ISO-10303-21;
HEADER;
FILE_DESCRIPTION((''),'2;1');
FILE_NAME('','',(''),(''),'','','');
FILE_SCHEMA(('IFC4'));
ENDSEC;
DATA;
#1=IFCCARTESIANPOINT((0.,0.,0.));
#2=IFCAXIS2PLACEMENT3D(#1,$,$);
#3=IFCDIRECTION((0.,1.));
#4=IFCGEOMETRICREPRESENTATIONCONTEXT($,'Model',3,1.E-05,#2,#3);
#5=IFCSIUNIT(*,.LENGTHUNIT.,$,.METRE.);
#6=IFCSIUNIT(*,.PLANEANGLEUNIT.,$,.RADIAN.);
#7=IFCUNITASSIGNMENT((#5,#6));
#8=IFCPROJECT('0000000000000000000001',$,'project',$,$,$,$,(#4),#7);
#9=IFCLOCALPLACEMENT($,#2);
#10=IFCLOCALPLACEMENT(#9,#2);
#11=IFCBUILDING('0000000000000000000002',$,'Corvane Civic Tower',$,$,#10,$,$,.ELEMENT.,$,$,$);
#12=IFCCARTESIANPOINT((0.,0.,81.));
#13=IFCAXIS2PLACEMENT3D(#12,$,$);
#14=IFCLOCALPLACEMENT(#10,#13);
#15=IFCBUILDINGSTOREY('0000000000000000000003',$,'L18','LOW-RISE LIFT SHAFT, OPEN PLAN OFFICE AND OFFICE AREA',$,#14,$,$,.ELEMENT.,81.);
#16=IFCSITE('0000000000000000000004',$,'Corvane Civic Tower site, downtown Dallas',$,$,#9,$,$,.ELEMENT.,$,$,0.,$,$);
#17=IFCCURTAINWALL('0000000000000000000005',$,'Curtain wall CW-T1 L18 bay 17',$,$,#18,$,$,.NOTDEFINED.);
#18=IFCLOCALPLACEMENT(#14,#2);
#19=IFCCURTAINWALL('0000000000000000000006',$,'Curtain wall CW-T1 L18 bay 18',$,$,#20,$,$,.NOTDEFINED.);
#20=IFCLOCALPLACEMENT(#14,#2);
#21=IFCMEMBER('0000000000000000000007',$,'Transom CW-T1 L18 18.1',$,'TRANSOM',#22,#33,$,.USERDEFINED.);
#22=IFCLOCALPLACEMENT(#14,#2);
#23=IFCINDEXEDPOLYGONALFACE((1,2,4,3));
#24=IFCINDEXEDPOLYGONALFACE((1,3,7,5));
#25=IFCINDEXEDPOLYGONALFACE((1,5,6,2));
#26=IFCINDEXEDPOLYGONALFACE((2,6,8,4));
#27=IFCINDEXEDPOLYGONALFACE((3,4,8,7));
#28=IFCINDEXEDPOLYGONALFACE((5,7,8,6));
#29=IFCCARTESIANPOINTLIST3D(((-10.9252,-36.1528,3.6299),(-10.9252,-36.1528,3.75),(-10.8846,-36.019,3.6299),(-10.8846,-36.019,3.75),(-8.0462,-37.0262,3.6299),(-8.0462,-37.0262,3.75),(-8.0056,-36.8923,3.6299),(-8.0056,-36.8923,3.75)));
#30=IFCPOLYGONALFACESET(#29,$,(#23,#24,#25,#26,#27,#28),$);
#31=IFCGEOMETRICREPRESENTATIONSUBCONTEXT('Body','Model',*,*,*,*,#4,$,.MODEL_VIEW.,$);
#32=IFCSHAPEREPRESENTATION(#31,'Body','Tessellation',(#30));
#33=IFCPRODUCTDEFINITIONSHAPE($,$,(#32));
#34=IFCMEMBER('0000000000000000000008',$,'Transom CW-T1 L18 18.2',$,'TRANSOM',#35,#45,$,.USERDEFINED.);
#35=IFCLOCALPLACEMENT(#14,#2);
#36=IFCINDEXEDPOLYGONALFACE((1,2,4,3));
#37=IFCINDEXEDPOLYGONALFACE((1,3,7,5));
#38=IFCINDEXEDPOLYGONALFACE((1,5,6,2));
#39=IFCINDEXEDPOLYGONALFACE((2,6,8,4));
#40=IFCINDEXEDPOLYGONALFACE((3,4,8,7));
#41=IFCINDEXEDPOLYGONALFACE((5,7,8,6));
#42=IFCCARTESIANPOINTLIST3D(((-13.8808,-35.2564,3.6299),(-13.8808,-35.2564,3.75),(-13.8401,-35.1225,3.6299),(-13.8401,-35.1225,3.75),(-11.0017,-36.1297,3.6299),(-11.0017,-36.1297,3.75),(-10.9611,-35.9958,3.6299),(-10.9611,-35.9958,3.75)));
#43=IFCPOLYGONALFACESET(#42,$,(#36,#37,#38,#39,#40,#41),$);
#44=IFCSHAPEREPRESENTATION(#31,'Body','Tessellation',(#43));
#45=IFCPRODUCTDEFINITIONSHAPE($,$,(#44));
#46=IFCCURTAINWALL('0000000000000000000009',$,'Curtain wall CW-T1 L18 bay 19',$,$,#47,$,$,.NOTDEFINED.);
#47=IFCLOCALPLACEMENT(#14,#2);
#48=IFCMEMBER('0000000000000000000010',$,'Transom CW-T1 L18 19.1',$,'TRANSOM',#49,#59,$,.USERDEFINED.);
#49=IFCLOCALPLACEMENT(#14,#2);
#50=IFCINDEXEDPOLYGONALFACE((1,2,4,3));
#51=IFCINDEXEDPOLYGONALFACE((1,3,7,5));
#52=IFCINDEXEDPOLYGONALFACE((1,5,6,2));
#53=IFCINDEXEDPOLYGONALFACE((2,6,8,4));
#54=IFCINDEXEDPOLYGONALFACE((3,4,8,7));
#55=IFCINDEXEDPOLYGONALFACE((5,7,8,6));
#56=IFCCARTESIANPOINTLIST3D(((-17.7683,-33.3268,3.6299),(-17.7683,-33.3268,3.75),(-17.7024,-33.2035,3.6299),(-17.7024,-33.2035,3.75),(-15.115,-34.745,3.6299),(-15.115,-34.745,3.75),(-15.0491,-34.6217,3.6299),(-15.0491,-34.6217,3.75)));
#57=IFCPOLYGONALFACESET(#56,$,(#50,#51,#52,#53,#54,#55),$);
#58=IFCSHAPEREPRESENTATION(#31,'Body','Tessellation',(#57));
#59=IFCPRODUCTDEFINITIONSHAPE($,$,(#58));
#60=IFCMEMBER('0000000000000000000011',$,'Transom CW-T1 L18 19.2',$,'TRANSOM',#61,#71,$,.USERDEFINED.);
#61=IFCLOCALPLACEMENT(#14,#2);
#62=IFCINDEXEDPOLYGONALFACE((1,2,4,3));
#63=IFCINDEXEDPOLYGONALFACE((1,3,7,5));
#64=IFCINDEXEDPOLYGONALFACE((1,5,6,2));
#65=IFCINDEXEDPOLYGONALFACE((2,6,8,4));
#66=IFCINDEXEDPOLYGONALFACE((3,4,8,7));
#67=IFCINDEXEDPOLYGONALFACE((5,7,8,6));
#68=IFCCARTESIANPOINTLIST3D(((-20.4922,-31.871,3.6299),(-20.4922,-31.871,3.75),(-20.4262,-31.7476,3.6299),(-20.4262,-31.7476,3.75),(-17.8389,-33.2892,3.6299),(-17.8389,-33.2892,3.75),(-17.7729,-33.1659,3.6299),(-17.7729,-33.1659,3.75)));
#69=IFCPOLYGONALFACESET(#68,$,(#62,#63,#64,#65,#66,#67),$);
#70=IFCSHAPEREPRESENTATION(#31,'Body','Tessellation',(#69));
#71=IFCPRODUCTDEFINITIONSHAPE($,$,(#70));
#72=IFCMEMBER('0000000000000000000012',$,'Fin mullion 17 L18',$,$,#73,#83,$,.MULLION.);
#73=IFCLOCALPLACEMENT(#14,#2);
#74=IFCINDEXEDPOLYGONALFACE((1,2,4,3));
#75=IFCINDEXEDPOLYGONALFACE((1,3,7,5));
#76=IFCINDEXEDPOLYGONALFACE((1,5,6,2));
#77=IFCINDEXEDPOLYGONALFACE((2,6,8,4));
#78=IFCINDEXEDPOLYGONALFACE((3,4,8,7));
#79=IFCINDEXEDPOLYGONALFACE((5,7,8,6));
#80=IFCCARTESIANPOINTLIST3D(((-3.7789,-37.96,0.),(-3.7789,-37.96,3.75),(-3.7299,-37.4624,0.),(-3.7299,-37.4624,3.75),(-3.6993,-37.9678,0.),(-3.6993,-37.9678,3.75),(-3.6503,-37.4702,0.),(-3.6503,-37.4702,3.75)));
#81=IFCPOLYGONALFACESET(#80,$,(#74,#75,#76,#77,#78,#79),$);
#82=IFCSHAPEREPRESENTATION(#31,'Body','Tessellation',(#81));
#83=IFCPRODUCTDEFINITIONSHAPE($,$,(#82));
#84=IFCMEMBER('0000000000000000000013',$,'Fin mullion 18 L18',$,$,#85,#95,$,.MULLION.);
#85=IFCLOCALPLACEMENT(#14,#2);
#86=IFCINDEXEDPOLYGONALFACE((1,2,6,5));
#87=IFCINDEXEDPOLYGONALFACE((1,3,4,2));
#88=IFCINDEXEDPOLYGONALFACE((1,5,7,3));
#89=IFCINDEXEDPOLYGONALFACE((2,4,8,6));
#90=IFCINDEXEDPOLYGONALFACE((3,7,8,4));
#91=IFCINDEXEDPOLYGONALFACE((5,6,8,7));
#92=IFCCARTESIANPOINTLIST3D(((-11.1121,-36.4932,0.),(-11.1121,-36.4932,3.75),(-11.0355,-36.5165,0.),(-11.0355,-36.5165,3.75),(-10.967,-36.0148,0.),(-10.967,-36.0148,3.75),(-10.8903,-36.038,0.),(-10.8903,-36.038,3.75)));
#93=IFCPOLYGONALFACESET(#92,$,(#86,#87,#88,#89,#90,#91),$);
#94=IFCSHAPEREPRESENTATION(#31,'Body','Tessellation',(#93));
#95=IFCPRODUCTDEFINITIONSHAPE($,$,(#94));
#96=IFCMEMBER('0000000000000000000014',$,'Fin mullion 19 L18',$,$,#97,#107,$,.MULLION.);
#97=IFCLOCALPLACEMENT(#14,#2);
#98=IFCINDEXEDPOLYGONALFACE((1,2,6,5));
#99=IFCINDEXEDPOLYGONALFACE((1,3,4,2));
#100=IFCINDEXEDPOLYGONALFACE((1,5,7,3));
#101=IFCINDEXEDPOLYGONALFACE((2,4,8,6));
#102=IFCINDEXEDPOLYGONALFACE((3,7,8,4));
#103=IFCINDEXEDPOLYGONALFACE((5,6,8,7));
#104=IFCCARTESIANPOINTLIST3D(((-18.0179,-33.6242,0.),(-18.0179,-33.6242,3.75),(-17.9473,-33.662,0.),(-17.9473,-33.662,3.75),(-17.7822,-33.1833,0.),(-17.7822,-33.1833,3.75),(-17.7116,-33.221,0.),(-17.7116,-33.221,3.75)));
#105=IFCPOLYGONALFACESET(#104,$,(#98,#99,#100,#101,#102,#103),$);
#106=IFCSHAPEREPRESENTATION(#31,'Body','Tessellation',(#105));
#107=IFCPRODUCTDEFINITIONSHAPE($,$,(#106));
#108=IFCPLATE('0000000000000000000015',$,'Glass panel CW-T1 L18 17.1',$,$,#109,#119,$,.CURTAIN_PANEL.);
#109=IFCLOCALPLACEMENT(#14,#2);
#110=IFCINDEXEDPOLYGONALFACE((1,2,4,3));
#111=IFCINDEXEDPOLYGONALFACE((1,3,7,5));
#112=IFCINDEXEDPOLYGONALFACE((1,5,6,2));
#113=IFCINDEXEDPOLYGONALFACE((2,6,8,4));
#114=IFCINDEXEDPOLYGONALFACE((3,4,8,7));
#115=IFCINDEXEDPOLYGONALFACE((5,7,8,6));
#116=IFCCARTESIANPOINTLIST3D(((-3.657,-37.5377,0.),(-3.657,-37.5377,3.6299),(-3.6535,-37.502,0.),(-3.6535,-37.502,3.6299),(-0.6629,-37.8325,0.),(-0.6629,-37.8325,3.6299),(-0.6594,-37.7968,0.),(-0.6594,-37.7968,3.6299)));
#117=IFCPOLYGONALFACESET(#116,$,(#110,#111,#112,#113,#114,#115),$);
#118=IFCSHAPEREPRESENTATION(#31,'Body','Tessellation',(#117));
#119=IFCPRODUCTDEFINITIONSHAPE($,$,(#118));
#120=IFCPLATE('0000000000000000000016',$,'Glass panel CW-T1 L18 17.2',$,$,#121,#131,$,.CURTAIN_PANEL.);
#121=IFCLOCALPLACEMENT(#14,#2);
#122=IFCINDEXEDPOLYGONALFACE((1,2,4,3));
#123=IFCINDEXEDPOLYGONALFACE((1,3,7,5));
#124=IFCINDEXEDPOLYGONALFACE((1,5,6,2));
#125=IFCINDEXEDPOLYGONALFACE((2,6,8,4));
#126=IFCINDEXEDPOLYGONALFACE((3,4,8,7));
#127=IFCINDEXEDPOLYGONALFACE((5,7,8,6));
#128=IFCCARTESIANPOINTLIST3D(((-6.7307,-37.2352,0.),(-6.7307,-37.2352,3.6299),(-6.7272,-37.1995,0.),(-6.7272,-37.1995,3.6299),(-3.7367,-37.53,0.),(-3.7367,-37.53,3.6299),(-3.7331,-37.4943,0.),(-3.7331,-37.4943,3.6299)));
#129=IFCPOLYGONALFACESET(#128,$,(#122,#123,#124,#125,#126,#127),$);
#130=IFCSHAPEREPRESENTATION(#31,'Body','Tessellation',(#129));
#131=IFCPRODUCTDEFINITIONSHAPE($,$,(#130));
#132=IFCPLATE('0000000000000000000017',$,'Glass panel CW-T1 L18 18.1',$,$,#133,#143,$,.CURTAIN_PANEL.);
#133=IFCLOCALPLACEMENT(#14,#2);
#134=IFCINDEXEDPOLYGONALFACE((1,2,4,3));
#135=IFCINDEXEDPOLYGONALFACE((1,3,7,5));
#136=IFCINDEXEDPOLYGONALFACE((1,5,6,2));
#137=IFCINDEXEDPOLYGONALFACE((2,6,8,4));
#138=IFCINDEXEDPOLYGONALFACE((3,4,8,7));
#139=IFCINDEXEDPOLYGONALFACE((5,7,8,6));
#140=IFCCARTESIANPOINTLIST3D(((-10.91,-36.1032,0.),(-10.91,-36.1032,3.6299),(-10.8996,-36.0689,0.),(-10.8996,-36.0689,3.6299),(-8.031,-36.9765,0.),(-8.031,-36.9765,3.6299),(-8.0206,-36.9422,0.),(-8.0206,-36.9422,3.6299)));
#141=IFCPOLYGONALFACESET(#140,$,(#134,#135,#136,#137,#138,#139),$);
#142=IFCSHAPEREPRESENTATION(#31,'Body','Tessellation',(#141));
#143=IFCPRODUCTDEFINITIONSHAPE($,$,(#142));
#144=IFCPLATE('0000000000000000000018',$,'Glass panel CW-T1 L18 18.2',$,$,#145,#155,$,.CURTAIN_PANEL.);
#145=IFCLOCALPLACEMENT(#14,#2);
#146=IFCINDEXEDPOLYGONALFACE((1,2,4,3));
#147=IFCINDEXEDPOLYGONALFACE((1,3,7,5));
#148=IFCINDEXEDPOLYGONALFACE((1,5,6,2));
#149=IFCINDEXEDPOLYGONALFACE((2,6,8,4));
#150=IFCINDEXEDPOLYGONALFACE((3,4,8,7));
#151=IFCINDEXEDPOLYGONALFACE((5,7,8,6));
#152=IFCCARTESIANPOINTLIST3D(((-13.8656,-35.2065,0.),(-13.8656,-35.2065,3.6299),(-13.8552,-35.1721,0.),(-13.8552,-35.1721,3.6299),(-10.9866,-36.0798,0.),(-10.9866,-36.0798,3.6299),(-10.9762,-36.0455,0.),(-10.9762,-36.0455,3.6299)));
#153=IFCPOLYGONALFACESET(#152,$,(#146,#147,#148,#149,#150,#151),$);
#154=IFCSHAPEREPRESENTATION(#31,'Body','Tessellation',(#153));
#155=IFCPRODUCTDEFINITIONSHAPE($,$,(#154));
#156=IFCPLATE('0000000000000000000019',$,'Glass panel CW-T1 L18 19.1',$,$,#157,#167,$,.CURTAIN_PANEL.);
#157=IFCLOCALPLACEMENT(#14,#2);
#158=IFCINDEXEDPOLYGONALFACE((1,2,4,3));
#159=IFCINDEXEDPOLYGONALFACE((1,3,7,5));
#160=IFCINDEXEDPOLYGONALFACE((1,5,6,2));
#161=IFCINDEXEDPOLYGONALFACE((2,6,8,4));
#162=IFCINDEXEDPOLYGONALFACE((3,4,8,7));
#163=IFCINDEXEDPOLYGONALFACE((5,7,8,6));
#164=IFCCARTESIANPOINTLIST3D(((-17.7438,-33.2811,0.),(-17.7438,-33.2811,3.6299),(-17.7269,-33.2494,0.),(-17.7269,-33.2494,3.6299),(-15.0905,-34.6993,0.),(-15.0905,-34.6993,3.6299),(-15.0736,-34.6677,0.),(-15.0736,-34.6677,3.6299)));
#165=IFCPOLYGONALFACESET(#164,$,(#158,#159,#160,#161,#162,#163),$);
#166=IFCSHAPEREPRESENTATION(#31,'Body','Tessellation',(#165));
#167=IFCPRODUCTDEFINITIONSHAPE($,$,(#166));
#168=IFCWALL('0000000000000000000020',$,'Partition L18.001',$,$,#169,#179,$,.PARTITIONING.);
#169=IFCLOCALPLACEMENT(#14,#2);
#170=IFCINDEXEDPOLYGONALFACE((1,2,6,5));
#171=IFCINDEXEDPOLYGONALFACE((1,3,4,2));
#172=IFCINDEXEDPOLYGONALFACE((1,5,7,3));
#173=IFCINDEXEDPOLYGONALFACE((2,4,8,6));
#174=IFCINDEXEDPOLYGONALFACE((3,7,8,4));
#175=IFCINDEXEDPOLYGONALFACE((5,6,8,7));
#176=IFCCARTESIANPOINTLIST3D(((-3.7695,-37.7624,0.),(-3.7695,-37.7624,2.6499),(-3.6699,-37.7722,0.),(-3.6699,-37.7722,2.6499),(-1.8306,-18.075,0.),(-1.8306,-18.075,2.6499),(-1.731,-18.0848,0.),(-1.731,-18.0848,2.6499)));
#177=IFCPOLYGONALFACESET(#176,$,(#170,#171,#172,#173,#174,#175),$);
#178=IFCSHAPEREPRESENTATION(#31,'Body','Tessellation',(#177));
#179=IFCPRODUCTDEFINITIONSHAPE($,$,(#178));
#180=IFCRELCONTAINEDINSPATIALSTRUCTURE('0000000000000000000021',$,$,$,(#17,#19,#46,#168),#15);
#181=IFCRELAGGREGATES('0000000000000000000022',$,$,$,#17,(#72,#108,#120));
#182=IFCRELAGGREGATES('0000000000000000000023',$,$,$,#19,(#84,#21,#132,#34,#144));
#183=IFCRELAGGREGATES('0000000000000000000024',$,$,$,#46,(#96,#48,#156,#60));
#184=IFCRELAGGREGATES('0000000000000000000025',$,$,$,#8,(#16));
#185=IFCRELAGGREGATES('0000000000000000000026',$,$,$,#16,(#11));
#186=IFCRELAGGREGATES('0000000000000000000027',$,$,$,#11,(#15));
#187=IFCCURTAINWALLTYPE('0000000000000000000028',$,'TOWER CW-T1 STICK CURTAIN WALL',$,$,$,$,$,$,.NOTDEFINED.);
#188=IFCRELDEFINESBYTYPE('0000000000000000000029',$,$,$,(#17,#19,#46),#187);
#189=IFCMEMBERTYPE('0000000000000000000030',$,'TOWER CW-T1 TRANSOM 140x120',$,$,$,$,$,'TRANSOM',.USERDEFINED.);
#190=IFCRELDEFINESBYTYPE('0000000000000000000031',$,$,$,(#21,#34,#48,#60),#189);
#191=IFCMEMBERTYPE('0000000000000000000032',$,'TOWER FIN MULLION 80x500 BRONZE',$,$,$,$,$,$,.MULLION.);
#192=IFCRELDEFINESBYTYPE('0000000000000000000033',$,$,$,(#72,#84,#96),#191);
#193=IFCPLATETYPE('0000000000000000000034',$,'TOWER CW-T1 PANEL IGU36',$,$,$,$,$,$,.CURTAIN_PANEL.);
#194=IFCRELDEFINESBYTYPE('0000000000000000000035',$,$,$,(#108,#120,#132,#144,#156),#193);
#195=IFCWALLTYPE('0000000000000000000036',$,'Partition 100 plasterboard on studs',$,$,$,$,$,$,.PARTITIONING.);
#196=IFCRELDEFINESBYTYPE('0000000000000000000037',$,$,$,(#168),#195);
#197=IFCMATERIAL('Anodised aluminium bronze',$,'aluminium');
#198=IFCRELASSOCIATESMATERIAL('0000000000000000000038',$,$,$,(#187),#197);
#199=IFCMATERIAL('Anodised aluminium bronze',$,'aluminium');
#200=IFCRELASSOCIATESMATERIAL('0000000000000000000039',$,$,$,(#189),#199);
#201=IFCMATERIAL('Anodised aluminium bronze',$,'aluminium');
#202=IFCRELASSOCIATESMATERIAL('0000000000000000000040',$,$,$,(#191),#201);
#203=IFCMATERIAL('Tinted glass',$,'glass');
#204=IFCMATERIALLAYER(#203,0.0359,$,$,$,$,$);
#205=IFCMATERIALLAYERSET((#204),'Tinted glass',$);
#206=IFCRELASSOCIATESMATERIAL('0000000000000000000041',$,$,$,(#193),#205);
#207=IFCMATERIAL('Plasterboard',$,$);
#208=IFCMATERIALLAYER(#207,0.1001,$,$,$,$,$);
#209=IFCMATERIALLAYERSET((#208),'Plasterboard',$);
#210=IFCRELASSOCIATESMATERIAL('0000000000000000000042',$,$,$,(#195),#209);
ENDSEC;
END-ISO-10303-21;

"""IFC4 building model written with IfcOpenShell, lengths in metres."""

from ifc_helpers import new_model, si_unit, direction, frame, frame_2d, origin, origin_2d, place, context, subcontext, project, spatial, rectangle, extrude, material, layer, layer_set, material_profile, profile_set, type_object, element, aggregate, save


model = new_model("IFC4")

# Units and contexts
model_context = context("Model", 3, precision=1e-05, world=origin(), true_north=direction((0.0, 1.0)))
body_context = subcontext(model_context, "Body", "Model", "MODEL_VIEW")
ifc_project = project(units=[si_unit("LENGTHUNIT", "METRE"), si_unit("PLANEANGLEUNIT", "RADIAN")], contexts=[model_context])

# Site, building, storey
site_placement = place(None, origin())
site = spatial("IfcSite", under=ifc_project, at=site_placement, Name="Corvane Civic Tower site, downtown Dallas", CompositionType="ELEMENT", RefElevation=0.0)
building_placement = place(site_placement, origin())
building = spatial("IfcBuilding", under=site, at=building_placement, Name="Corvane Civic Tower", CompositionType="ELEMENT")
storey_placement = place(building_placement, frame((0.0, 0.0, 81.0)))
storey = spatial("IfcBuildingStorey", under=building, at=storey_placement, Name="L18", Description="LOW-RISE LIFT SHAFT, OPEN PLAN OFFICE AND OFFICE AREA", CompositionType="ELEMENT", Elevation=81.0)

# Curtain walls, members
ifc_material_1 = material(Name="Anodised aluminium bronze", Category="aluminium")
curtain_wall_type = type_object("IfcCurtainWallType", Name="TOWER CW-T1 STICK CURTAIN WALL", PredefinedType="NOTDEFINED", material=ifc_material_1)
curtain_wall_1_placement = place(storey_placement, origin())
curtain_wall_1 = element("IfcCurtainWall", 1, at=curtain_wall_1_placement, inside=storey, type_object=curtain_wall_type, Name="Curtain wall CW-T1 L18 bay 17", PredefinedType="NOTDEFINED")
ifc_material_2 = material(Name="Anodised aluminium bronze", Category="aluminium")
ifc_material_profile_1 = material_profile(ifc_material_2, rectangle(XDim=0.1399, YDim=0.1201, at=origin_2d()), Name="TOWER CW-T1 TRANSOM 140x120")
ifc_profile_set_1 = profile_set([ifc_material_profile_1], Name="Anodised aluminium bronze")
member_type_1 = type_object("IfcMemberType", Name="TOWER CW-T1 TRANSOM 140x120", ElementType="TRANSOM", PredefinedType="USERDEFINED", material=ifc_profile_set_1)
curtain_wall_2_placement = place(storey_placement, origin())
curtain_wall_2 = element("IfcCurtainWall", 2, at=curtain_wall_2_placement, inside=storey, type_object=curtain_wall_type, Name="Curtain wall CW-T1 L18 bay 18", PredefinedType="NOTDEFINED")
member_1_placement = place(storey_placement, frame((-8.0259, -36.9592, 3.6899), z_axis=(-0.956942, 0.29028, 0.0), x_axis=(-0.29028, -0.956942, 0.0)))
member_1 = element("IfcMember", 3, at=member_1_placement, type_object=member_type_1, Name="Transom CW-T1 L18 18.1", ObjectType="TRANSOM", PredefinedType="USERDEFINED", context=body_context, shape_type="SweptSolid", body=[
    extrude(rectangle(XDim=0.1399, YDim=0.1201, at=origin_2d()), origin(), (0.0, 0.0, 1.0), 3.0085),
])
member_2_placement = place(storey_placement, frame((-10.9814, -36.0627, 3.6899), z_axis=(-0.956942, 0.29028, 0.0), x_axis=(-0.29028, -0.956942, 0.0)))
member_2 = element("IfcMember", 4, at=member_2_placement, type_object=member_type_1, Name="Transom CW-T1 L18 18.2", ObjectType="TRANSOM", PredefinedType="USERDEFINED", context=body_context, shape_type="SweptSolid", body=[
    extrude(rectangle(XDim=0.1399, YDim=0.1201, at=origin_2d()), origin(), (0.0, 0.0, 1.0), 3.0085),
])
curtain_wall_3_placement = place(storey_placement, origin())
curtain_wall_3 = element("IfcCurtainWall", 5, at=curtain_wall_3_placement, inside=storey, type_object=curtain_wall_type, Name="Curtain wall CW-T1 L18 bay 19", PredefinedType="NOTDEFINED")
member_3_placement = place(storey_placement, frame((-15.082, -34.6833, 3.6899), z_axis=(-0.881924, 0.471393, 0.0), x_axis=(-0.471393, -0.881924, 0.0)))
member_3 = element("IfcMember", 6, at=member_3_placement, type_object=member_type_1, Name="Transom CW-T1 L18 19.1", ObjectType="TRANSOM", PredefinedType="USERDEFINED", context=body_context, shape_type="SweptSolid", body=[
    extrude(rectangle(XDim=0.1399, YDim=0.1201, at=origin_2d()), origin(), (0.0, 0.0, 1.0), 3.0085),
])
member_4_placement = place(storey_placement, frame((-17.8059, -33.2275, 3.6899), z_axis=(-0.881924, 0.471393, 0.0), x_axis=(-0.471393, -0.881924, 0.0)))
member_4 = element("IfcMember", 7, at=member_4_placement, type_object=member_type_1, Name="Transom CW-T1 L18 19.2", ObjectType="TRANSOM", PredefinedType="USERDEFINED", context=body_context, shape_type="SweptSolid", body=[
    extrude(rectangle(XDim=0.1399, YDim=0.1201, at=origin_2d()), origin(), (0.0, 0.0, 1.0), 3.0085),
])

# Members
ifc_material_3 = material(Name="Anodised aluminium bronze", Category="aluminium")
ifc_material_profile_2 = material_profile(ifc_material_3, rectangle(XDim=0.0801, YDim=0.5, at=origin_2d()), Name="TOWER FIN MULLION 80x500 BRONZE")
ifc_profile_set_2 = profile_set([ifc_material_profile_2], Name="Anodised aluminium bronze")
member_type_2 = type_object("IfcMemberType", Name="TOWER FIN MULLION 80x500 BRONZE", PredefinedType="MULLION", material=ifc_profile_set_2)
member_5_placement = place(storey_placement, frame((-3.7146, -37.7151, 0.0), z_axis=(0.0, 0.0, 1.0), x_axis=(-0.995186, 0.098006, 0.0)))
member_5 = element("IfcMember", 8, at=member_5_placement, type_object=member_type_2, Name="Fin mullion 17 L18", PredefinedType="MULLION", context=body_context, shape_type="SweptSolid", body=[
    extrude(rectangle(XDim=0.0801, YDim=0.5, at=origin_2d()), origin(), (0.0, 0.0, 1.0), 3.75),
])
member_6_placement = place(storey_placement, frame((-11.0012, -36.2656, 0.0), z_axis=(0.0, 0.0, 1.0), x_axis=(-0.956942, 0.290278, 0.0)))
member_6 = element("IfcMember", 9, at=member_6_placement, type_object=member_type_2, Name="Fin mullion 18 L18", PredefinedType="MULLION", context=body_context, shape_type="SweptSolid", body=[
    extrude(rectangle(XDim=0.0801, YDim=0.5, at=origin_2d()), origin(), (0.0, 0.0, 1.0), 3.75),
])
member_7_placement = place(storey_placement, frame((-17.8647, -33.4226, 0.0), z_axis=(0.0, 0.0, 1.0), x_axis=(-0.881918, 0.471404, 0.0)))
member_7 = element("IfcMember", 10, at=member_7_placement, type_object=member_type_2, Name="Fin mullion 19 L18", PredefinedType="MULLION", context=body_context, shape_type="SweptSolid", body=[
    extrude(rectangle(XDim=0.0801, YDim=0.5, at=origin_2d()), origin(), (0.0, 0.0, 1.0), 3.75),
])

# Plates
ifc_material_4 = material(Name="Tinted glass", Category="glass")
ifc_layer_1 = layer(ifc_material_4, 0.0359)
ifc_layer_set_1 = layer_set([ifc_layer_1], Name="Tinted glass")
plate_type = type_object("IfcPlateType", Name="TOWER CW-T1 PANEL IGU36", PredefinedType="CURTAIN_PANEL", material=ifc_layer_set_1)
plate_1_placement = place(storey_placement, frame((-2.1582, -37.6672, 0.0), z_axis=(0.0, 0.0, 1.0), x_axis=(-0.995186, 0.098006, 0.0)))
plate_1 = element("IfcPlate", 11, at=plate_1_placement, type_object=plate_type, Name="Glass panel CW-T1 L18 17.1", PredefinedType="CURTAIN_PANEL", context=body_context, shape_type="SweptSolid", body=[
    extrude(rectangle(XDim=3.0085, YDim=0.0359, at=origin_2d()), origin(), (0.0, 0.0, 1.0), 3.6299),
])
plate_2_placement = place(storey_placement, frame((-5.2319, -37.3647, 0.0), z_axis=(0.0, 0.0, 1.0), x_axis=(-0.995186, 0.098006, 0.0)))
plate_2 = element("IfcPlate", 12, at=plate_2_placement, type_object=plate_type, Name="Glass panel CW-T1 L18 17.2", PredefinedType="CURTAIN_PANEL", context=body_context, shape_type="SweptSolid", body=[
    extrude(rectangle(XDim=3.0085, YDim=0.0359, at=origin_2d()), origin(), (0.0, 0.0, 1.0), 3.6299),
])
aggregate(curtain_wall_1, [member_5, plate_1, plate_2])
plate_3_placement = place(storey_placement, frame((-9.4653, -36.5227, 0.0), z_axis=(0.0, 0.0, 1.0), x_axis=(-0.956942, 0.290278, 0.0)))
plate_3 = element("IfcPlate", 13, at=plate_3_placement, type_object=plate_type, Name="Glass panel CW-T1 L18 18.1", PredefinedType="CURTAIN_PANEL", context=body_context, shape_type="SweptSolid", body=[
    extrude(rectangle(XDim=3.0085, YDim=0.0359, at=origin_2d()), origin(), (0.0, 0.0, 1.0), 3.6299),
])
plate_4_placement = place(storey_placement, frame((-12.4209, -35.626, 0.0), z_axis=(0.0, 0.0, 1.0), x_axis=(-0.956942, 0.290278, 0.0)))
plate_4 = element("IfcPlate", 14, at=plate_4_placement, type_object=plate_type, Name="Glass panel CW-T1 L18 18.2", PredefinedType="CURTAIN_PANEL", context=body_context, shape_type="SweptSolid", body=[
    extrude(rectangle(XDim=3.0085, YDim=0.0359, at=origin_2d()), origin(), (0.0, 0.0, 1.0), 3.6299),
])
aggregate(curtain_wall_2, [member_6, member_1, plate_3, member_2, plate_4])
plate_5_placement = place(storey_placement, frame((-16.4087, -33.9744, 0.0), z_axis=(0.0, 0.0, 1.0), x_axis=(-0.881918, 0.471404, 0.0)))
plate_5 = element("IfcPlate", 15, at=plate_5_placement, type_object=plate_type, Name="Glass panel CW-T1 L18 19.1", PredefinedType="CURTAIN_PANEL", context=body_context, shape_type="SweptSolid", body=[
    extrude(rectangle(XDim=3.0085, YDim=0.0359, at=origin_2d()), origin(), (0.0, 0.0, 1.0), 3.6299),
])
aggregate(curtain_wall_3, [member_7, member_3, plate_5, member_4])

# Wall
ifc_material_5 = material(Name="Plasterboard")
ifc_layer_2 = layer(ifc_material_5, 0.1001)
ifc_layer_set_2 = layer_set([ifc_layer_2], Name="Plasterboard")
wall_type_1 = type_object("IfcWallType", Name="Partition 100 plasterboard on studs", PredefinedType="PARTITIONING", material=ifc_layer_set_2)
wall_1_placement = place(storey_placement, frame((-3.7197, -37.7673, 0.0), z_axis=(0.0, 0.0, 1.0), x_axis=(0.098013, 0.995185, 0.0)))
element("IfcWall", 16, at=wall_1_placement, inside=storey, type_object=wall_type_1, Name="Partition L18.001", PredefinedType="PARTITIONING", context=body_context, shape_type="SweptSolid", body=[
    extrude(rectangle(XDim=19.7827, YDim=0.1001, at=frame_2d((9.8914, 0.0))), origin(), (0.0, 0.0, 1.0), 2.6499),
])

save(model, "model.ifc")
